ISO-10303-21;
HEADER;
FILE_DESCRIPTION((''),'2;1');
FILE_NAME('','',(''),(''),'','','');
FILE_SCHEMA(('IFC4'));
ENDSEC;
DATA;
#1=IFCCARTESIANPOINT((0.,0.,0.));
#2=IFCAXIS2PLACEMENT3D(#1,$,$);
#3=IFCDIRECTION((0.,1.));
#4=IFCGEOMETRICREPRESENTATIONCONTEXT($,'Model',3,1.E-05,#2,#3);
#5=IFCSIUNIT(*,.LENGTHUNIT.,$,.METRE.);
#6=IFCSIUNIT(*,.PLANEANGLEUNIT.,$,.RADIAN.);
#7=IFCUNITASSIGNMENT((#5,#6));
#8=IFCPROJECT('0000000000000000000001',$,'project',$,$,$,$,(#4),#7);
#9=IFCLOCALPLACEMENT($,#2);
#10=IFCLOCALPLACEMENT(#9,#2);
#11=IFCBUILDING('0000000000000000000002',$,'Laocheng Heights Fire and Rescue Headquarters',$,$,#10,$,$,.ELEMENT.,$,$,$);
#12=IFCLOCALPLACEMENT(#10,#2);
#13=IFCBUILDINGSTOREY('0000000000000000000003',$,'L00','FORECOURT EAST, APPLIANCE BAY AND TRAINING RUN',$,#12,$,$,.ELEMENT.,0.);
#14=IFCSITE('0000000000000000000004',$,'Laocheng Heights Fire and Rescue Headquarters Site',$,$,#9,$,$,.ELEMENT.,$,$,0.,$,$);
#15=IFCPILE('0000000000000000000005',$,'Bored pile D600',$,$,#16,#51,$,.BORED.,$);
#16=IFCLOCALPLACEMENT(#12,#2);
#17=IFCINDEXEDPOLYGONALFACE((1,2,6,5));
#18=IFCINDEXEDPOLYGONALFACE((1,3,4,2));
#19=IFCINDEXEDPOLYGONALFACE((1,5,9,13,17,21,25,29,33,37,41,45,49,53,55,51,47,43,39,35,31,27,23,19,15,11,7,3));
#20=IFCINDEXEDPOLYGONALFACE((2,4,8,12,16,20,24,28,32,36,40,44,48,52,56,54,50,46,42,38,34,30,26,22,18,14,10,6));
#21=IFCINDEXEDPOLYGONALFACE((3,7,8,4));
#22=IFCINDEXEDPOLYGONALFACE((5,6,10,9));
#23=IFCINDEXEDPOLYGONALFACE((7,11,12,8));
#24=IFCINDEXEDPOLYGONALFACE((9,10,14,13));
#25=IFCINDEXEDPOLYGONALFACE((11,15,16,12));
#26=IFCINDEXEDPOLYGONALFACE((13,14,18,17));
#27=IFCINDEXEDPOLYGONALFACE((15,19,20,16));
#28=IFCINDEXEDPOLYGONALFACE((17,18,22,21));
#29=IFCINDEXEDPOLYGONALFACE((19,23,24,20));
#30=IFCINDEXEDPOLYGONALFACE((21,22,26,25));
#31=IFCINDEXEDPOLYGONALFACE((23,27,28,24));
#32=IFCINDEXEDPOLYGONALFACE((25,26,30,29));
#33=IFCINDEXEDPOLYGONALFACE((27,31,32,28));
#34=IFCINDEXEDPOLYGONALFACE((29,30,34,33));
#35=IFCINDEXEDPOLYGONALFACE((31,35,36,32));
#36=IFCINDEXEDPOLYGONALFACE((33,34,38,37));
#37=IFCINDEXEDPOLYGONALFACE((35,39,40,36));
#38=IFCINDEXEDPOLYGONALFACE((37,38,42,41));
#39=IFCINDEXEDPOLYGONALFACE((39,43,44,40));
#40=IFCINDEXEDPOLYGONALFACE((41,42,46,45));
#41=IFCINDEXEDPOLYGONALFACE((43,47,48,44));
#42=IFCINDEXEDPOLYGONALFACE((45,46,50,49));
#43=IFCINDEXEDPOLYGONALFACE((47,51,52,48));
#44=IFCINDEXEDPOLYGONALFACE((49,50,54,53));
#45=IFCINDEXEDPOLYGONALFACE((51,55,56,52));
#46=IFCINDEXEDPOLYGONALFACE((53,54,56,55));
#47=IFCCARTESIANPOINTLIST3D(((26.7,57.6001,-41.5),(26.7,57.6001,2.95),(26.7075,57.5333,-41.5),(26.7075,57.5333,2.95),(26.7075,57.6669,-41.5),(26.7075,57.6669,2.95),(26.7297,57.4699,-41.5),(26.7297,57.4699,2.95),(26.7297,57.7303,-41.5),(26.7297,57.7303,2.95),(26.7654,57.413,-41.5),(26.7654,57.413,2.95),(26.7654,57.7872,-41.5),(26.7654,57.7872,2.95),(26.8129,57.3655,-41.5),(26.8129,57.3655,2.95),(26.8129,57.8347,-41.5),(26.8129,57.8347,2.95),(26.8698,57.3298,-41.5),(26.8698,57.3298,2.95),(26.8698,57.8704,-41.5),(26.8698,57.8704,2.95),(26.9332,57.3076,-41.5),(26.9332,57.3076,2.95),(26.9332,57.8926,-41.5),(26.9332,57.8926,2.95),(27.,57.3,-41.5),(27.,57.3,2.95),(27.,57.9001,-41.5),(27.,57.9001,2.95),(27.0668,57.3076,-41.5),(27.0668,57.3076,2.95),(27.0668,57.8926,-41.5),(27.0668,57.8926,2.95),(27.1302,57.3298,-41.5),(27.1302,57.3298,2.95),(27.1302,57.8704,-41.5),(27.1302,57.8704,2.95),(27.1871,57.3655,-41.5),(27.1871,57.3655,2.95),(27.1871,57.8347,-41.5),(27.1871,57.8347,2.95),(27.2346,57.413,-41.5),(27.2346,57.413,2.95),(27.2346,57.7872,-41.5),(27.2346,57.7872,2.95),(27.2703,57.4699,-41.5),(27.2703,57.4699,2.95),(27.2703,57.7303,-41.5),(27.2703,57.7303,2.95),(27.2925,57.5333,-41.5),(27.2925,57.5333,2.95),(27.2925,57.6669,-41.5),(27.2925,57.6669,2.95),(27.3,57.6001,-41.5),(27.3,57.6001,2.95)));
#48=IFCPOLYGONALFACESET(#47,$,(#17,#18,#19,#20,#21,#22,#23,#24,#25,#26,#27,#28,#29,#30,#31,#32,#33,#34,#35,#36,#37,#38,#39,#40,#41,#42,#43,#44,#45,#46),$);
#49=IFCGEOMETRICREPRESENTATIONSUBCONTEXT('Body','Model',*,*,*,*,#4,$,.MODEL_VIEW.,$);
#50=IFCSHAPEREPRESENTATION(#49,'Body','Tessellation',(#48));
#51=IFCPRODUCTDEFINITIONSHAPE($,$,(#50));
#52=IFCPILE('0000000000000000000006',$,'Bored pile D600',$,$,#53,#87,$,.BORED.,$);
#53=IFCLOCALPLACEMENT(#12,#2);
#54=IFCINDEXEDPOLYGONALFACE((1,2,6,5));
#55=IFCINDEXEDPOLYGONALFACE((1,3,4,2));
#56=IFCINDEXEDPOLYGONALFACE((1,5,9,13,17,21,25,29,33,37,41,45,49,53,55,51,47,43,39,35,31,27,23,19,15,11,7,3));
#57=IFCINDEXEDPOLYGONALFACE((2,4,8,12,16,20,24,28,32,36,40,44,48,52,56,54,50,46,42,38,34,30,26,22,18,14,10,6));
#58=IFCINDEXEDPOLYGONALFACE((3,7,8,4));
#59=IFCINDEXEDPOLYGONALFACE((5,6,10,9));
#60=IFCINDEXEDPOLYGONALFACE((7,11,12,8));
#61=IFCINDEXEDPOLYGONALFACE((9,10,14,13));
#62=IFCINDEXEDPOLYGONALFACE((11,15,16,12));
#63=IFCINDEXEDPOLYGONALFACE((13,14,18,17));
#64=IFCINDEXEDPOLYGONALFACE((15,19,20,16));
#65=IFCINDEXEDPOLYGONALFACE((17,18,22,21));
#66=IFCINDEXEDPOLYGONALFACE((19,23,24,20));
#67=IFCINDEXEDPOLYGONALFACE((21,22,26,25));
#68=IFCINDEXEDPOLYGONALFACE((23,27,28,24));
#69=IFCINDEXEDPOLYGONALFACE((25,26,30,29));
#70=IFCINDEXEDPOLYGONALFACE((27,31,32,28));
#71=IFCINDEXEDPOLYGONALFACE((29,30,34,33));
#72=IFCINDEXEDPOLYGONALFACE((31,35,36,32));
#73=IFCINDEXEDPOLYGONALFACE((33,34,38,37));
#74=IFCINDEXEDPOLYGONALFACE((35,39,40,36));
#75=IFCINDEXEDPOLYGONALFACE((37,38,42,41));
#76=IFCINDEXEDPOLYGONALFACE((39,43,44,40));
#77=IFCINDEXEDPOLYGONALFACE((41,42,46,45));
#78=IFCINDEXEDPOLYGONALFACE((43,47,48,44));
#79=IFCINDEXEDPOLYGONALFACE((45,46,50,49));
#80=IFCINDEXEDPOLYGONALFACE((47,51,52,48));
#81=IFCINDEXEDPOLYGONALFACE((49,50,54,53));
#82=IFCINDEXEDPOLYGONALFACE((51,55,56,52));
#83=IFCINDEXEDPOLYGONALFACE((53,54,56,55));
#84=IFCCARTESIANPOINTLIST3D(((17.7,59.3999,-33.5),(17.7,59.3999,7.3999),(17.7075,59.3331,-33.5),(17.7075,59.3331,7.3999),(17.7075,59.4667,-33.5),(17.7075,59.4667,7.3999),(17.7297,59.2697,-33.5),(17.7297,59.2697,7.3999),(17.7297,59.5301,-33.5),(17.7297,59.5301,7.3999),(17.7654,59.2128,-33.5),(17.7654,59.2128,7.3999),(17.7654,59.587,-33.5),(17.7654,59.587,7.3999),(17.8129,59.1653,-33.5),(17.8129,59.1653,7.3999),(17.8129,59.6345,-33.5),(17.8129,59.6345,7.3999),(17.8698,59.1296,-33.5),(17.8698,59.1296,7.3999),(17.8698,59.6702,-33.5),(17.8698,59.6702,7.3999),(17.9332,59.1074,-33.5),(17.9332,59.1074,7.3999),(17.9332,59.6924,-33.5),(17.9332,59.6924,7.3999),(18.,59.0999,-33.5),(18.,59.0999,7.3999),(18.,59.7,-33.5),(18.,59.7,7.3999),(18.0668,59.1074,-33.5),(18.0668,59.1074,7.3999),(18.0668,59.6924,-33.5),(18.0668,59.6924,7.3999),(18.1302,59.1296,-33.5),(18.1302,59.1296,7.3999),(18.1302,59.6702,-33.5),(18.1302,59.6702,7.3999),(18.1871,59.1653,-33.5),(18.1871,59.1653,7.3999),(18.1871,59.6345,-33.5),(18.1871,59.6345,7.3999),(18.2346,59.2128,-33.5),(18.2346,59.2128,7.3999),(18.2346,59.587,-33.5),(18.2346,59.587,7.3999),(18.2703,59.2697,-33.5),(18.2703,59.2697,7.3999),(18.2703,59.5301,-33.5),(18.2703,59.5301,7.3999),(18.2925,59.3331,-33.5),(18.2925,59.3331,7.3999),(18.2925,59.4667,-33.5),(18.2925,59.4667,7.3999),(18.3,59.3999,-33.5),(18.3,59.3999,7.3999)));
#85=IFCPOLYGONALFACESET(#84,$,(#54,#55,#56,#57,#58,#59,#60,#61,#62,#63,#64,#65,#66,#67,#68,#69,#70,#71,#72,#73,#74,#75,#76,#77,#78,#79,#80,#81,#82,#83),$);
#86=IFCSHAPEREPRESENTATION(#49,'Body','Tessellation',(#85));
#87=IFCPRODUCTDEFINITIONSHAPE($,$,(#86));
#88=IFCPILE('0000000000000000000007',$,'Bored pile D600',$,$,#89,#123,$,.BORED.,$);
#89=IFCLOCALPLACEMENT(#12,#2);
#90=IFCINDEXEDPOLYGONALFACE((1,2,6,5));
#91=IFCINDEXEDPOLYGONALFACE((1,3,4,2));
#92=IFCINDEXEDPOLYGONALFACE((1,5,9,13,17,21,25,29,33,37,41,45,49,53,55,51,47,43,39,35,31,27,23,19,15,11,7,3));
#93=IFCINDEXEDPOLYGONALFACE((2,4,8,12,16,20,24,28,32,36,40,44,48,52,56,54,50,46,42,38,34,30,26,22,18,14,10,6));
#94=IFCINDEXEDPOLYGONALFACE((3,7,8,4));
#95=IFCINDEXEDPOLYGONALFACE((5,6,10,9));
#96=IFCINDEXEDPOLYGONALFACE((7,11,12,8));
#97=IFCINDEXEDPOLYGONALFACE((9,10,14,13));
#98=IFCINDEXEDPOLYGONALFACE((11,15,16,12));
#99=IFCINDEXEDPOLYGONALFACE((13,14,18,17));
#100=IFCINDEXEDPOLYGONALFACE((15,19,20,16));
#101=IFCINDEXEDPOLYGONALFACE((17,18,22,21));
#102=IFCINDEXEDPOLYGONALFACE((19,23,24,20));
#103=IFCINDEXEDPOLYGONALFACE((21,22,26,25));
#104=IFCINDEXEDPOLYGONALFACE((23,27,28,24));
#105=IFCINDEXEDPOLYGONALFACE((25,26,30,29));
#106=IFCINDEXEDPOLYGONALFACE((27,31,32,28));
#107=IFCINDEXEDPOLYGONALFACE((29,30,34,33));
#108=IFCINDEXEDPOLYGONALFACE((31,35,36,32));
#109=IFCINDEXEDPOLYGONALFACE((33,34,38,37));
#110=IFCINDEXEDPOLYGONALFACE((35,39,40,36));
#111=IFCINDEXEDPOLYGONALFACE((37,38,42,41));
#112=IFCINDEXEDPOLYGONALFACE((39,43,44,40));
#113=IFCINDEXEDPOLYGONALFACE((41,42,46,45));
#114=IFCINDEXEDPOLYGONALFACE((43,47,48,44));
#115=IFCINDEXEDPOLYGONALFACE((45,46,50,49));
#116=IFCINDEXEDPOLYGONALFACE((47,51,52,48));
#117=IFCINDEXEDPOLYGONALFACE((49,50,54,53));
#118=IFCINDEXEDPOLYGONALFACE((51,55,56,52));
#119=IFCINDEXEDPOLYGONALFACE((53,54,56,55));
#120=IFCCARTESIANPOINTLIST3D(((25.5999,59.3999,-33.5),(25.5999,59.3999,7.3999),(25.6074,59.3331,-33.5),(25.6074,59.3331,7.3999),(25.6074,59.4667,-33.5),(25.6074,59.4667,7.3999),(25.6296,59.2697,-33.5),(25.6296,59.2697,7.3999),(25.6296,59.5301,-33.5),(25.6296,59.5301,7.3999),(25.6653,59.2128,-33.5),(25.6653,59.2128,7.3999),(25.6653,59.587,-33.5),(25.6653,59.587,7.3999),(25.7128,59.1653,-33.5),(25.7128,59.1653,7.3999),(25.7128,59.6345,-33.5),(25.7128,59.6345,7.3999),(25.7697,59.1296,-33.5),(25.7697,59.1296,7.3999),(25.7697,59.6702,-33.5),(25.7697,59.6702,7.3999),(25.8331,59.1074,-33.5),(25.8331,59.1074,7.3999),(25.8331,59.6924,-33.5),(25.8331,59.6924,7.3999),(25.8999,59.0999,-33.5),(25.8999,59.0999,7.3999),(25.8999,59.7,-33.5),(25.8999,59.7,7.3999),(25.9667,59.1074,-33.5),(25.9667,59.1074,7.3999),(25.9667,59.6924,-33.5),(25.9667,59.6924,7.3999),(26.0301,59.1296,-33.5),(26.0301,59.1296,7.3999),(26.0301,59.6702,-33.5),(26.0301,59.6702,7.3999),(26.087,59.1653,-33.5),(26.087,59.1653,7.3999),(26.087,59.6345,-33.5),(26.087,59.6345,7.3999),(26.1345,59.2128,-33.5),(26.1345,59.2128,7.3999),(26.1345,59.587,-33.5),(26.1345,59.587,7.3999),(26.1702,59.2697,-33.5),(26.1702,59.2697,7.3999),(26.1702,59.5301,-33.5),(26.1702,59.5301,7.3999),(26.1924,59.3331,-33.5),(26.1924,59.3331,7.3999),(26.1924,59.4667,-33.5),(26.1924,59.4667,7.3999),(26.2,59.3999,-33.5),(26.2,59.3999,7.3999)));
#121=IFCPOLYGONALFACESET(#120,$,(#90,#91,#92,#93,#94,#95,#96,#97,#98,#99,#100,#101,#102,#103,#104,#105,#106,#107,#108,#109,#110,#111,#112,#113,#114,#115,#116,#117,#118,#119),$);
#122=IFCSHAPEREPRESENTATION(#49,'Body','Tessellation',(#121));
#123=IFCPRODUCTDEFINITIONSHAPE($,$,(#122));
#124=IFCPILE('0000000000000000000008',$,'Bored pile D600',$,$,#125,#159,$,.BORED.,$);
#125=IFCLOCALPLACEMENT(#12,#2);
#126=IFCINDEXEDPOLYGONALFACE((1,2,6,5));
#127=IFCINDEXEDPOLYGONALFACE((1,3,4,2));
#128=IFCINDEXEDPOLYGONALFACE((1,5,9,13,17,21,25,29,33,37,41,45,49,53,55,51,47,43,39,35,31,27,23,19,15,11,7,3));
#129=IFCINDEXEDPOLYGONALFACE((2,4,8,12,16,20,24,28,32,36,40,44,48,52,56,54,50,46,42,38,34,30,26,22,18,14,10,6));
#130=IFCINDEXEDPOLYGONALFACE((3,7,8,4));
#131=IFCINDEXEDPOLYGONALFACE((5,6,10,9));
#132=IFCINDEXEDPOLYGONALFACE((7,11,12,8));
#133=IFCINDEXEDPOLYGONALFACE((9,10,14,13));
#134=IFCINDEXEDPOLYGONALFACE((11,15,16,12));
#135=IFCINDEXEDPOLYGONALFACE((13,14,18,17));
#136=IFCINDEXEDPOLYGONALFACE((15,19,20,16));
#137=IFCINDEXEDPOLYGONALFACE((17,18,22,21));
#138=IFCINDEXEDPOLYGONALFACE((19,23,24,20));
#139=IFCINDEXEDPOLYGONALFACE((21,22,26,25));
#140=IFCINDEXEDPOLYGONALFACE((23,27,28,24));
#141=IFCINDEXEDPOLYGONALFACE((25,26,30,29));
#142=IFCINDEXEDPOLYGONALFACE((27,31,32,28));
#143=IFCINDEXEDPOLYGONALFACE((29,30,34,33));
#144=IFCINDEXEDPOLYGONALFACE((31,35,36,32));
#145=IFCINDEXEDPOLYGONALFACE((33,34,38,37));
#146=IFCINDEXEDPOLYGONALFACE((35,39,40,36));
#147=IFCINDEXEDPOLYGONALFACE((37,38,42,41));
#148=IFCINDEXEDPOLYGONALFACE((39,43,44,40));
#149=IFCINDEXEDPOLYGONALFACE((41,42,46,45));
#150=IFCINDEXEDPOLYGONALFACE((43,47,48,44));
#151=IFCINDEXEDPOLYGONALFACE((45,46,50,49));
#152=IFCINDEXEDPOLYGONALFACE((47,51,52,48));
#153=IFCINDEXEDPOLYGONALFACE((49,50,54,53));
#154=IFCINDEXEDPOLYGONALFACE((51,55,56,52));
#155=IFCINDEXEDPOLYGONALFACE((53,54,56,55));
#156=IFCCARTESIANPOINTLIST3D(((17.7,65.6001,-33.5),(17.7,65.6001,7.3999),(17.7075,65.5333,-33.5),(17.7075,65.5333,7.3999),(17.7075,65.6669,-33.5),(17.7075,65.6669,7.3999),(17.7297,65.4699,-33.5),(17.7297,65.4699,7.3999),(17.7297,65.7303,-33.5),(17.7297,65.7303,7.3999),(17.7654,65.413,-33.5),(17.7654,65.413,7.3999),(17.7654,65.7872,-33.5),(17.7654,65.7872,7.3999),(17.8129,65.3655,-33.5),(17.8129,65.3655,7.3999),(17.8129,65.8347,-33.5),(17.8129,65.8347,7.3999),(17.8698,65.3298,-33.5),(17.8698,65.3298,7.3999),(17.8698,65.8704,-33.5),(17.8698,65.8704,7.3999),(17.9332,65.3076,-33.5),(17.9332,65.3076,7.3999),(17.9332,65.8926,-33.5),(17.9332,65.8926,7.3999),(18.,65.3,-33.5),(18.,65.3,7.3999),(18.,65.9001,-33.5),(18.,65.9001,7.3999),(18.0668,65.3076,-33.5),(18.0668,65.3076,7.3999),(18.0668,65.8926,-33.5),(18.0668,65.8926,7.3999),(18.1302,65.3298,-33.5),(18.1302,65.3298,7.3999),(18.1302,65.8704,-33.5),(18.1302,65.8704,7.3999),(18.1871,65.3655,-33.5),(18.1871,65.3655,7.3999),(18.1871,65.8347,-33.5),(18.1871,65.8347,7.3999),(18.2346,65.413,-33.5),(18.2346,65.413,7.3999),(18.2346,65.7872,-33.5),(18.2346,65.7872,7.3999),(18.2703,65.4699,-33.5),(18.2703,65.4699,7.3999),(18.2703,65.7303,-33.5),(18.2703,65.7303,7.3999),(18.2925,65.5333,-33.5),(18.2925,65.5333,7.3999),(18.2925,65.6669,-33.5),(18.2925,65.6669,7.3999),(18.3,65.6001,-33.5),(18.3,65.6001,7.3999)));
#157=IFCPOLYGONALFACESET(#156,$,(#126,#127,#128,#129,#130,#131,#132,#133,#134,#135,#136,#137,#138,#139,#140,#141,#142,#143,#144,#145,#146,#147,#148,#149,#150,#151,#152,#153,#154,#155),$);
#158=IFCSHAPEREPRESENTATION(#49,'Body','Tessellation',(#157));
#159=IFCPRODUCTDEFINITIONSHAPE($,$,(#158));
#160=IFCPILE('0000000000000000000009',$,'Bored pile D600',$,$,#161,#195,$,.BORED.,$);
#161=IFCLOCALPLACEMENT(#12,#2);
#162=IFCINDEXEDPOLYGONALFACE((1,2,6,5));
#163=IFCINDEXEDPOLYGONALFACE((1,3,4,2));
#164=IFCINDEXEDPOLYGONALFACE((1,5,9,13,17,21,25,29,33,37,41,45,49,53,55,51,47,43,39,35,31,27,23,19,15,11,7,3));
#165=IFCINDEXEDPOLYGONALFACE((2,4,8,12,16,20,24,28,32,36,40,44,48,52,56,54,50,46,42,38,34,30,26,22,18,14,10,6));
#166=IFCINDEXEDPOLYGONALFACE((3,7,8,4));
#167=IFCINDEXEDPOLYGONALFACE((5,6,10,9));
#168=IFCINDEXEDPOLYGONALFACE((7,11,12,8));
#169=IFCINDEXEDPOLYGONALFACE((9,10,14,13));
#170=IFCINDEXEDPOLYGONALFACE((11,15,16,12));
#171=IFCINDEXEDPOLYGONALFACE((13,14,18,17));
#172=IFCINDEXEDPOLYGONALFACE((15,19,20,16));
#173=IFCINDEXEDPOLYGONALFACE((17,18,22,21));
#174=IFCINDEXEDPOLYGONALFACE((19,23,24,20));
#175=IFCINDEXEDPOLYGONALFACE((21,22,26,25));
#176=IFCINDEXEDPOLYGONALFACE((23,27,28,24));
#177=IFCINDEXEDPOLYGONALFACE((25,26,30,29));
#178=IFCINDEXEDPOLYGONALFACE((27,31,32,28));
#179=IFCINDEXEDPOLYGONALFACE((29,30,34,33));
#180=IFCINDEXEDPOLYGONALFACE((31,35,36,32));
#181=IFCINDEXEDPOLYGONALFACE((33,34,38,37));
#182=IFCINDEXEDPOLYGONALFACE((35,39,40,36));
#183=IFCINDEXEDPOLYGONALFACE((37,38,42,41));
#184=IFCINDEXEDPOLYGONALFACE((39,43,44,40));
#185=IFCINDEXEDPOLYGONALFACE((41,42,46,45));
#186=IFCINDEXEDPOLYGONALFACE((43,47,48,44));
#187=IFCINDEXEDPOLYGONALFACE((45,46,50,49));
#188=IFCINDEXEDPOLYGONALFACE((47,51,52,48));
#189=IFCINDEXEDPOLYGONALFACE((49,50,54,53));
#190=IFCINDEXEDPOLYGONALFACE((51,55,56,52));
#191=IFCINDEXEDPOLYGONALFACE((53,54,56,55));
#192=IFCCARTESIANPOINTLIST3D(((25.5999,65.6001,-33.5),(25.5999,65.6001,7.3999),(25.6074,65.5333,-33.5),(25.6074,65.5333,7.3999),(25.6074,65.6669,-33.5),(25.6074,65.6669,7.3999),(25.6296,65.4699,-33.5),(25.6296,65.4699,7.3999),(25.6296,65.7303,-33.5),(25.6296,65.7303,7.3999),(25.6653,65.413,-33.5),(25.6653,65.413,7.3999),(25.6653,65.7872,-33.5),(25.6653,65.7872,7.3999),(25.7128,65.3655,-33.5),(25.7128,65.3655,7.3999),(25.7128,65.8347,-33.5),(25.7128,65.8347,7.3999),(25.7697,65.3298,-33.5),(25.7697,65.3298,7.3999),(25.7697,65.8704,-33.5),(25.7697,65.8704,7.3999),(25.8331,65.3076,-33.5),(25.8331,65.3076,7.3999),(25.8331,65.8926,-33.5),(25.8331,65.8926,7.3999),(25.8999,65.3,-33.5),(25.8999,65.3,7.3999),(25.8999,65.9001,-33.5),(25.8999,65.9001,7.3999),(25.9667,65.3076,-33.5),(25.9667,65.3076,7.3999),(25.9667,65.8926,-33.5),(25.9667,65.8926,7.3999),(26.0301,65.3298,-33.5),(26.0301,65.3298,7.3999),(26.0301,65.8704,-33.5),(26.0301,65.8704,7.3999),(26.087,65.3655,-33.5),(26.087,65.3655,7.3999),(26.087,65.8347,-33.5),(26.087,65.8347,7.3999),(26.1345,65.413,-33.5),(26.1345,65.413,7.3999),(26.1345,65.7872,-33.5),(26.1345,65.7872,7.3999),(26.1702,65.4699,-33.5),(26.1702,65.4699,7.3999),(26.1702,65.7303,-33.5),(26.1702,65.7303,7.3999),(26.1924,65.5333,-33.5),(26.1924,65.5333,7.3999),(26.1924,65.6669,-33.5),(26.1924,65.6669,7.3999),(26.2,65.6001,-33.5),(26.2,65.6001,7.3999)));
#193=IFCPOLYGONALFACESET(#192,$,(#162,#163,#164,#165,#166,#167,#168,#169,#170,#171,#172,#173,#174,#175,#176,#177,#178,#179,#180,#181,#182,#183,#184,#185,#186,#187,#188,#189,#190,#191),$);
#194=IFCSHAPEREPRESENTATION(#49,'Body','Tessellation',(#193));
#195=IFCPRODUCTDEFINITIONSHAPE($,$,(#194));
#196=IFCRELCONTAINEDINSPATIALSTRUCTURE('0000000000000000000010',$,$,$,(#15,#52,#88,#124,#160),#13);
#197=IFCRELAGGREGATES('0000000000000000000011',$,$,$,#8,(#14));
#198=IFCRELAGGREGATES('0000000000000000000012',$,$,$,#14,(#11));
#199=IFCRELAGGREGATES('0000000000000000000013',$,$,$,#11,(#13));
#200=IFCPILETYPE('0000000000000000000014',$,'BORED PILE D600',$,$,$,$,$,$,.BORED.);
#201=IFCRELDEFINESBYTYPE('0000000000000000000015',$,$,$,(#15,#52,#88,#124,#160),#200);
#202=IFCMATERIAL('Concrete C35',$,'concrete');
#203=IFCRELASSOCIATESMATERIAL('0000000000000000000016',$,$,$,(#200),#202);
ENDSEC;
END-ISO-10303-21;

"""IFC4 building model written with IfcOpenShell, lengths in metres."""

from ifc_helpers import new_model, si_unit, direction, frame, origin, origin_2d, place, context, subcontext, project, spatial, circle, extrude, material, material_profile, profile_set, type_object, element, save


model = new_model("IFC4")

# Units and contexts
model_context = context("Model", 3, precision=1e-05, world=origin(), true_north=direction((0.0, 1.0)))
body_context = subcontext(model_context, "Body", "Model", "MODEL_VIEW")
ifc_project = project(units=[si_unit("LENGTHUNIT", "METRE"), si_unit("PLANEANGLEUNIT", "RADIAN")], contexts=[model_context])

# Site, building, storey
site_placement = place(None, origin())
site = spatial("IfcSite", under=ifc_project, at=site_placement, Name="Laocheng Heights Fire and Rescue Headquarters Site", CompositionType="ELEMENT", RefElevation=0.0)
building_placement = place(site_placement, origin())
building = spatial("IfcBuilding", under=site, at=building_placement, Name="Laocheng Heights Fire and Rescue Headquarters", CompositionType="ELEMENT")
storey_placement = place(building_placement, origin())
storey = spatial("IfcBuildingStorey", under=building, at=storey_placement, Name="L00", Description="FORECOURT EAST, APPLIANCE BAY AND TRAINING RUN", CompositionType="ELEMENT", Elevation=0.0)

# Piles
ifc_material_1 = material(Name="Concrete C35", Category="concrete")
ifc_material_profile_1 = material_profile(ifc_material_1, circle(Radius=0.3, at=origin_2d()), Name="BORED PILE D600")
ifc_profile_set_1 = profile_set([ifc_material_profile_1], Name="Concrete C35")
pile_type_1 = type_object("IfcPileType", Name="BORED PILE D600", PredefinedType="BORED", material=ifc_profile_set_1)
for number, where, z_axis, x_axis, name in (
    (1, (27.0, 57.6001, 2.95), (0.0, 0.0, -1.0), (1.0, 0.0, 0.0), "Bored pile D600"),
):
    element("IfcPile", number, at=place(storey_placement, frame(where, z_axis=z_axis, x_axis=x_axis)), inside=storey, type_object=pile_type_1, Name=name, PredefinedType="BORED", context=body_context, shape_type="SweptSolid", body=[
        extrude(circle(Radius=0.3, at=origin_2d()), origin(), (0.0, 0.0, 1.0), 44.45),
    ])
for number, where, z_axis, x_axis, name in (
    (2, (18.0, 59.3999, 7.3999), (0.0, 0.0, -1.0), (1.0, 0.0, 0.0), "Bored pile D600"),
    (3, (25.8999, 59.3999, 7.3999), (0.0, 0.0, -1.0), (1.0, 0.0, 0.0), "Bored pile D600"),
    (4, (18.0, 65.6001, 7.3999), (0.0, 0.0, -1.0), (1.0, 0.0, 0.0), "Bored pile D600"),
    (5, (25.8999, 65.6001, 7.3999), (0.0, 0.0, -1.0), (1.0, 0.0, 0.0), "Bored pile D600"),
):
    element("IfcPile", number, at=place(storey_placement, frame(where, z_axis=z_axis, x_axis=x_axis)), inside=storey, type_object=pile_type_1, Name=name, PredefinedType="BORED", context=body_context, shape_type="SweptSolid", body=[
        extrude(circle(Radius=0.3, at=origin_2d()), origin(), (0.0, 0.0, 1.0), 40.8999),
    ])

save(model, "model.ifc")
